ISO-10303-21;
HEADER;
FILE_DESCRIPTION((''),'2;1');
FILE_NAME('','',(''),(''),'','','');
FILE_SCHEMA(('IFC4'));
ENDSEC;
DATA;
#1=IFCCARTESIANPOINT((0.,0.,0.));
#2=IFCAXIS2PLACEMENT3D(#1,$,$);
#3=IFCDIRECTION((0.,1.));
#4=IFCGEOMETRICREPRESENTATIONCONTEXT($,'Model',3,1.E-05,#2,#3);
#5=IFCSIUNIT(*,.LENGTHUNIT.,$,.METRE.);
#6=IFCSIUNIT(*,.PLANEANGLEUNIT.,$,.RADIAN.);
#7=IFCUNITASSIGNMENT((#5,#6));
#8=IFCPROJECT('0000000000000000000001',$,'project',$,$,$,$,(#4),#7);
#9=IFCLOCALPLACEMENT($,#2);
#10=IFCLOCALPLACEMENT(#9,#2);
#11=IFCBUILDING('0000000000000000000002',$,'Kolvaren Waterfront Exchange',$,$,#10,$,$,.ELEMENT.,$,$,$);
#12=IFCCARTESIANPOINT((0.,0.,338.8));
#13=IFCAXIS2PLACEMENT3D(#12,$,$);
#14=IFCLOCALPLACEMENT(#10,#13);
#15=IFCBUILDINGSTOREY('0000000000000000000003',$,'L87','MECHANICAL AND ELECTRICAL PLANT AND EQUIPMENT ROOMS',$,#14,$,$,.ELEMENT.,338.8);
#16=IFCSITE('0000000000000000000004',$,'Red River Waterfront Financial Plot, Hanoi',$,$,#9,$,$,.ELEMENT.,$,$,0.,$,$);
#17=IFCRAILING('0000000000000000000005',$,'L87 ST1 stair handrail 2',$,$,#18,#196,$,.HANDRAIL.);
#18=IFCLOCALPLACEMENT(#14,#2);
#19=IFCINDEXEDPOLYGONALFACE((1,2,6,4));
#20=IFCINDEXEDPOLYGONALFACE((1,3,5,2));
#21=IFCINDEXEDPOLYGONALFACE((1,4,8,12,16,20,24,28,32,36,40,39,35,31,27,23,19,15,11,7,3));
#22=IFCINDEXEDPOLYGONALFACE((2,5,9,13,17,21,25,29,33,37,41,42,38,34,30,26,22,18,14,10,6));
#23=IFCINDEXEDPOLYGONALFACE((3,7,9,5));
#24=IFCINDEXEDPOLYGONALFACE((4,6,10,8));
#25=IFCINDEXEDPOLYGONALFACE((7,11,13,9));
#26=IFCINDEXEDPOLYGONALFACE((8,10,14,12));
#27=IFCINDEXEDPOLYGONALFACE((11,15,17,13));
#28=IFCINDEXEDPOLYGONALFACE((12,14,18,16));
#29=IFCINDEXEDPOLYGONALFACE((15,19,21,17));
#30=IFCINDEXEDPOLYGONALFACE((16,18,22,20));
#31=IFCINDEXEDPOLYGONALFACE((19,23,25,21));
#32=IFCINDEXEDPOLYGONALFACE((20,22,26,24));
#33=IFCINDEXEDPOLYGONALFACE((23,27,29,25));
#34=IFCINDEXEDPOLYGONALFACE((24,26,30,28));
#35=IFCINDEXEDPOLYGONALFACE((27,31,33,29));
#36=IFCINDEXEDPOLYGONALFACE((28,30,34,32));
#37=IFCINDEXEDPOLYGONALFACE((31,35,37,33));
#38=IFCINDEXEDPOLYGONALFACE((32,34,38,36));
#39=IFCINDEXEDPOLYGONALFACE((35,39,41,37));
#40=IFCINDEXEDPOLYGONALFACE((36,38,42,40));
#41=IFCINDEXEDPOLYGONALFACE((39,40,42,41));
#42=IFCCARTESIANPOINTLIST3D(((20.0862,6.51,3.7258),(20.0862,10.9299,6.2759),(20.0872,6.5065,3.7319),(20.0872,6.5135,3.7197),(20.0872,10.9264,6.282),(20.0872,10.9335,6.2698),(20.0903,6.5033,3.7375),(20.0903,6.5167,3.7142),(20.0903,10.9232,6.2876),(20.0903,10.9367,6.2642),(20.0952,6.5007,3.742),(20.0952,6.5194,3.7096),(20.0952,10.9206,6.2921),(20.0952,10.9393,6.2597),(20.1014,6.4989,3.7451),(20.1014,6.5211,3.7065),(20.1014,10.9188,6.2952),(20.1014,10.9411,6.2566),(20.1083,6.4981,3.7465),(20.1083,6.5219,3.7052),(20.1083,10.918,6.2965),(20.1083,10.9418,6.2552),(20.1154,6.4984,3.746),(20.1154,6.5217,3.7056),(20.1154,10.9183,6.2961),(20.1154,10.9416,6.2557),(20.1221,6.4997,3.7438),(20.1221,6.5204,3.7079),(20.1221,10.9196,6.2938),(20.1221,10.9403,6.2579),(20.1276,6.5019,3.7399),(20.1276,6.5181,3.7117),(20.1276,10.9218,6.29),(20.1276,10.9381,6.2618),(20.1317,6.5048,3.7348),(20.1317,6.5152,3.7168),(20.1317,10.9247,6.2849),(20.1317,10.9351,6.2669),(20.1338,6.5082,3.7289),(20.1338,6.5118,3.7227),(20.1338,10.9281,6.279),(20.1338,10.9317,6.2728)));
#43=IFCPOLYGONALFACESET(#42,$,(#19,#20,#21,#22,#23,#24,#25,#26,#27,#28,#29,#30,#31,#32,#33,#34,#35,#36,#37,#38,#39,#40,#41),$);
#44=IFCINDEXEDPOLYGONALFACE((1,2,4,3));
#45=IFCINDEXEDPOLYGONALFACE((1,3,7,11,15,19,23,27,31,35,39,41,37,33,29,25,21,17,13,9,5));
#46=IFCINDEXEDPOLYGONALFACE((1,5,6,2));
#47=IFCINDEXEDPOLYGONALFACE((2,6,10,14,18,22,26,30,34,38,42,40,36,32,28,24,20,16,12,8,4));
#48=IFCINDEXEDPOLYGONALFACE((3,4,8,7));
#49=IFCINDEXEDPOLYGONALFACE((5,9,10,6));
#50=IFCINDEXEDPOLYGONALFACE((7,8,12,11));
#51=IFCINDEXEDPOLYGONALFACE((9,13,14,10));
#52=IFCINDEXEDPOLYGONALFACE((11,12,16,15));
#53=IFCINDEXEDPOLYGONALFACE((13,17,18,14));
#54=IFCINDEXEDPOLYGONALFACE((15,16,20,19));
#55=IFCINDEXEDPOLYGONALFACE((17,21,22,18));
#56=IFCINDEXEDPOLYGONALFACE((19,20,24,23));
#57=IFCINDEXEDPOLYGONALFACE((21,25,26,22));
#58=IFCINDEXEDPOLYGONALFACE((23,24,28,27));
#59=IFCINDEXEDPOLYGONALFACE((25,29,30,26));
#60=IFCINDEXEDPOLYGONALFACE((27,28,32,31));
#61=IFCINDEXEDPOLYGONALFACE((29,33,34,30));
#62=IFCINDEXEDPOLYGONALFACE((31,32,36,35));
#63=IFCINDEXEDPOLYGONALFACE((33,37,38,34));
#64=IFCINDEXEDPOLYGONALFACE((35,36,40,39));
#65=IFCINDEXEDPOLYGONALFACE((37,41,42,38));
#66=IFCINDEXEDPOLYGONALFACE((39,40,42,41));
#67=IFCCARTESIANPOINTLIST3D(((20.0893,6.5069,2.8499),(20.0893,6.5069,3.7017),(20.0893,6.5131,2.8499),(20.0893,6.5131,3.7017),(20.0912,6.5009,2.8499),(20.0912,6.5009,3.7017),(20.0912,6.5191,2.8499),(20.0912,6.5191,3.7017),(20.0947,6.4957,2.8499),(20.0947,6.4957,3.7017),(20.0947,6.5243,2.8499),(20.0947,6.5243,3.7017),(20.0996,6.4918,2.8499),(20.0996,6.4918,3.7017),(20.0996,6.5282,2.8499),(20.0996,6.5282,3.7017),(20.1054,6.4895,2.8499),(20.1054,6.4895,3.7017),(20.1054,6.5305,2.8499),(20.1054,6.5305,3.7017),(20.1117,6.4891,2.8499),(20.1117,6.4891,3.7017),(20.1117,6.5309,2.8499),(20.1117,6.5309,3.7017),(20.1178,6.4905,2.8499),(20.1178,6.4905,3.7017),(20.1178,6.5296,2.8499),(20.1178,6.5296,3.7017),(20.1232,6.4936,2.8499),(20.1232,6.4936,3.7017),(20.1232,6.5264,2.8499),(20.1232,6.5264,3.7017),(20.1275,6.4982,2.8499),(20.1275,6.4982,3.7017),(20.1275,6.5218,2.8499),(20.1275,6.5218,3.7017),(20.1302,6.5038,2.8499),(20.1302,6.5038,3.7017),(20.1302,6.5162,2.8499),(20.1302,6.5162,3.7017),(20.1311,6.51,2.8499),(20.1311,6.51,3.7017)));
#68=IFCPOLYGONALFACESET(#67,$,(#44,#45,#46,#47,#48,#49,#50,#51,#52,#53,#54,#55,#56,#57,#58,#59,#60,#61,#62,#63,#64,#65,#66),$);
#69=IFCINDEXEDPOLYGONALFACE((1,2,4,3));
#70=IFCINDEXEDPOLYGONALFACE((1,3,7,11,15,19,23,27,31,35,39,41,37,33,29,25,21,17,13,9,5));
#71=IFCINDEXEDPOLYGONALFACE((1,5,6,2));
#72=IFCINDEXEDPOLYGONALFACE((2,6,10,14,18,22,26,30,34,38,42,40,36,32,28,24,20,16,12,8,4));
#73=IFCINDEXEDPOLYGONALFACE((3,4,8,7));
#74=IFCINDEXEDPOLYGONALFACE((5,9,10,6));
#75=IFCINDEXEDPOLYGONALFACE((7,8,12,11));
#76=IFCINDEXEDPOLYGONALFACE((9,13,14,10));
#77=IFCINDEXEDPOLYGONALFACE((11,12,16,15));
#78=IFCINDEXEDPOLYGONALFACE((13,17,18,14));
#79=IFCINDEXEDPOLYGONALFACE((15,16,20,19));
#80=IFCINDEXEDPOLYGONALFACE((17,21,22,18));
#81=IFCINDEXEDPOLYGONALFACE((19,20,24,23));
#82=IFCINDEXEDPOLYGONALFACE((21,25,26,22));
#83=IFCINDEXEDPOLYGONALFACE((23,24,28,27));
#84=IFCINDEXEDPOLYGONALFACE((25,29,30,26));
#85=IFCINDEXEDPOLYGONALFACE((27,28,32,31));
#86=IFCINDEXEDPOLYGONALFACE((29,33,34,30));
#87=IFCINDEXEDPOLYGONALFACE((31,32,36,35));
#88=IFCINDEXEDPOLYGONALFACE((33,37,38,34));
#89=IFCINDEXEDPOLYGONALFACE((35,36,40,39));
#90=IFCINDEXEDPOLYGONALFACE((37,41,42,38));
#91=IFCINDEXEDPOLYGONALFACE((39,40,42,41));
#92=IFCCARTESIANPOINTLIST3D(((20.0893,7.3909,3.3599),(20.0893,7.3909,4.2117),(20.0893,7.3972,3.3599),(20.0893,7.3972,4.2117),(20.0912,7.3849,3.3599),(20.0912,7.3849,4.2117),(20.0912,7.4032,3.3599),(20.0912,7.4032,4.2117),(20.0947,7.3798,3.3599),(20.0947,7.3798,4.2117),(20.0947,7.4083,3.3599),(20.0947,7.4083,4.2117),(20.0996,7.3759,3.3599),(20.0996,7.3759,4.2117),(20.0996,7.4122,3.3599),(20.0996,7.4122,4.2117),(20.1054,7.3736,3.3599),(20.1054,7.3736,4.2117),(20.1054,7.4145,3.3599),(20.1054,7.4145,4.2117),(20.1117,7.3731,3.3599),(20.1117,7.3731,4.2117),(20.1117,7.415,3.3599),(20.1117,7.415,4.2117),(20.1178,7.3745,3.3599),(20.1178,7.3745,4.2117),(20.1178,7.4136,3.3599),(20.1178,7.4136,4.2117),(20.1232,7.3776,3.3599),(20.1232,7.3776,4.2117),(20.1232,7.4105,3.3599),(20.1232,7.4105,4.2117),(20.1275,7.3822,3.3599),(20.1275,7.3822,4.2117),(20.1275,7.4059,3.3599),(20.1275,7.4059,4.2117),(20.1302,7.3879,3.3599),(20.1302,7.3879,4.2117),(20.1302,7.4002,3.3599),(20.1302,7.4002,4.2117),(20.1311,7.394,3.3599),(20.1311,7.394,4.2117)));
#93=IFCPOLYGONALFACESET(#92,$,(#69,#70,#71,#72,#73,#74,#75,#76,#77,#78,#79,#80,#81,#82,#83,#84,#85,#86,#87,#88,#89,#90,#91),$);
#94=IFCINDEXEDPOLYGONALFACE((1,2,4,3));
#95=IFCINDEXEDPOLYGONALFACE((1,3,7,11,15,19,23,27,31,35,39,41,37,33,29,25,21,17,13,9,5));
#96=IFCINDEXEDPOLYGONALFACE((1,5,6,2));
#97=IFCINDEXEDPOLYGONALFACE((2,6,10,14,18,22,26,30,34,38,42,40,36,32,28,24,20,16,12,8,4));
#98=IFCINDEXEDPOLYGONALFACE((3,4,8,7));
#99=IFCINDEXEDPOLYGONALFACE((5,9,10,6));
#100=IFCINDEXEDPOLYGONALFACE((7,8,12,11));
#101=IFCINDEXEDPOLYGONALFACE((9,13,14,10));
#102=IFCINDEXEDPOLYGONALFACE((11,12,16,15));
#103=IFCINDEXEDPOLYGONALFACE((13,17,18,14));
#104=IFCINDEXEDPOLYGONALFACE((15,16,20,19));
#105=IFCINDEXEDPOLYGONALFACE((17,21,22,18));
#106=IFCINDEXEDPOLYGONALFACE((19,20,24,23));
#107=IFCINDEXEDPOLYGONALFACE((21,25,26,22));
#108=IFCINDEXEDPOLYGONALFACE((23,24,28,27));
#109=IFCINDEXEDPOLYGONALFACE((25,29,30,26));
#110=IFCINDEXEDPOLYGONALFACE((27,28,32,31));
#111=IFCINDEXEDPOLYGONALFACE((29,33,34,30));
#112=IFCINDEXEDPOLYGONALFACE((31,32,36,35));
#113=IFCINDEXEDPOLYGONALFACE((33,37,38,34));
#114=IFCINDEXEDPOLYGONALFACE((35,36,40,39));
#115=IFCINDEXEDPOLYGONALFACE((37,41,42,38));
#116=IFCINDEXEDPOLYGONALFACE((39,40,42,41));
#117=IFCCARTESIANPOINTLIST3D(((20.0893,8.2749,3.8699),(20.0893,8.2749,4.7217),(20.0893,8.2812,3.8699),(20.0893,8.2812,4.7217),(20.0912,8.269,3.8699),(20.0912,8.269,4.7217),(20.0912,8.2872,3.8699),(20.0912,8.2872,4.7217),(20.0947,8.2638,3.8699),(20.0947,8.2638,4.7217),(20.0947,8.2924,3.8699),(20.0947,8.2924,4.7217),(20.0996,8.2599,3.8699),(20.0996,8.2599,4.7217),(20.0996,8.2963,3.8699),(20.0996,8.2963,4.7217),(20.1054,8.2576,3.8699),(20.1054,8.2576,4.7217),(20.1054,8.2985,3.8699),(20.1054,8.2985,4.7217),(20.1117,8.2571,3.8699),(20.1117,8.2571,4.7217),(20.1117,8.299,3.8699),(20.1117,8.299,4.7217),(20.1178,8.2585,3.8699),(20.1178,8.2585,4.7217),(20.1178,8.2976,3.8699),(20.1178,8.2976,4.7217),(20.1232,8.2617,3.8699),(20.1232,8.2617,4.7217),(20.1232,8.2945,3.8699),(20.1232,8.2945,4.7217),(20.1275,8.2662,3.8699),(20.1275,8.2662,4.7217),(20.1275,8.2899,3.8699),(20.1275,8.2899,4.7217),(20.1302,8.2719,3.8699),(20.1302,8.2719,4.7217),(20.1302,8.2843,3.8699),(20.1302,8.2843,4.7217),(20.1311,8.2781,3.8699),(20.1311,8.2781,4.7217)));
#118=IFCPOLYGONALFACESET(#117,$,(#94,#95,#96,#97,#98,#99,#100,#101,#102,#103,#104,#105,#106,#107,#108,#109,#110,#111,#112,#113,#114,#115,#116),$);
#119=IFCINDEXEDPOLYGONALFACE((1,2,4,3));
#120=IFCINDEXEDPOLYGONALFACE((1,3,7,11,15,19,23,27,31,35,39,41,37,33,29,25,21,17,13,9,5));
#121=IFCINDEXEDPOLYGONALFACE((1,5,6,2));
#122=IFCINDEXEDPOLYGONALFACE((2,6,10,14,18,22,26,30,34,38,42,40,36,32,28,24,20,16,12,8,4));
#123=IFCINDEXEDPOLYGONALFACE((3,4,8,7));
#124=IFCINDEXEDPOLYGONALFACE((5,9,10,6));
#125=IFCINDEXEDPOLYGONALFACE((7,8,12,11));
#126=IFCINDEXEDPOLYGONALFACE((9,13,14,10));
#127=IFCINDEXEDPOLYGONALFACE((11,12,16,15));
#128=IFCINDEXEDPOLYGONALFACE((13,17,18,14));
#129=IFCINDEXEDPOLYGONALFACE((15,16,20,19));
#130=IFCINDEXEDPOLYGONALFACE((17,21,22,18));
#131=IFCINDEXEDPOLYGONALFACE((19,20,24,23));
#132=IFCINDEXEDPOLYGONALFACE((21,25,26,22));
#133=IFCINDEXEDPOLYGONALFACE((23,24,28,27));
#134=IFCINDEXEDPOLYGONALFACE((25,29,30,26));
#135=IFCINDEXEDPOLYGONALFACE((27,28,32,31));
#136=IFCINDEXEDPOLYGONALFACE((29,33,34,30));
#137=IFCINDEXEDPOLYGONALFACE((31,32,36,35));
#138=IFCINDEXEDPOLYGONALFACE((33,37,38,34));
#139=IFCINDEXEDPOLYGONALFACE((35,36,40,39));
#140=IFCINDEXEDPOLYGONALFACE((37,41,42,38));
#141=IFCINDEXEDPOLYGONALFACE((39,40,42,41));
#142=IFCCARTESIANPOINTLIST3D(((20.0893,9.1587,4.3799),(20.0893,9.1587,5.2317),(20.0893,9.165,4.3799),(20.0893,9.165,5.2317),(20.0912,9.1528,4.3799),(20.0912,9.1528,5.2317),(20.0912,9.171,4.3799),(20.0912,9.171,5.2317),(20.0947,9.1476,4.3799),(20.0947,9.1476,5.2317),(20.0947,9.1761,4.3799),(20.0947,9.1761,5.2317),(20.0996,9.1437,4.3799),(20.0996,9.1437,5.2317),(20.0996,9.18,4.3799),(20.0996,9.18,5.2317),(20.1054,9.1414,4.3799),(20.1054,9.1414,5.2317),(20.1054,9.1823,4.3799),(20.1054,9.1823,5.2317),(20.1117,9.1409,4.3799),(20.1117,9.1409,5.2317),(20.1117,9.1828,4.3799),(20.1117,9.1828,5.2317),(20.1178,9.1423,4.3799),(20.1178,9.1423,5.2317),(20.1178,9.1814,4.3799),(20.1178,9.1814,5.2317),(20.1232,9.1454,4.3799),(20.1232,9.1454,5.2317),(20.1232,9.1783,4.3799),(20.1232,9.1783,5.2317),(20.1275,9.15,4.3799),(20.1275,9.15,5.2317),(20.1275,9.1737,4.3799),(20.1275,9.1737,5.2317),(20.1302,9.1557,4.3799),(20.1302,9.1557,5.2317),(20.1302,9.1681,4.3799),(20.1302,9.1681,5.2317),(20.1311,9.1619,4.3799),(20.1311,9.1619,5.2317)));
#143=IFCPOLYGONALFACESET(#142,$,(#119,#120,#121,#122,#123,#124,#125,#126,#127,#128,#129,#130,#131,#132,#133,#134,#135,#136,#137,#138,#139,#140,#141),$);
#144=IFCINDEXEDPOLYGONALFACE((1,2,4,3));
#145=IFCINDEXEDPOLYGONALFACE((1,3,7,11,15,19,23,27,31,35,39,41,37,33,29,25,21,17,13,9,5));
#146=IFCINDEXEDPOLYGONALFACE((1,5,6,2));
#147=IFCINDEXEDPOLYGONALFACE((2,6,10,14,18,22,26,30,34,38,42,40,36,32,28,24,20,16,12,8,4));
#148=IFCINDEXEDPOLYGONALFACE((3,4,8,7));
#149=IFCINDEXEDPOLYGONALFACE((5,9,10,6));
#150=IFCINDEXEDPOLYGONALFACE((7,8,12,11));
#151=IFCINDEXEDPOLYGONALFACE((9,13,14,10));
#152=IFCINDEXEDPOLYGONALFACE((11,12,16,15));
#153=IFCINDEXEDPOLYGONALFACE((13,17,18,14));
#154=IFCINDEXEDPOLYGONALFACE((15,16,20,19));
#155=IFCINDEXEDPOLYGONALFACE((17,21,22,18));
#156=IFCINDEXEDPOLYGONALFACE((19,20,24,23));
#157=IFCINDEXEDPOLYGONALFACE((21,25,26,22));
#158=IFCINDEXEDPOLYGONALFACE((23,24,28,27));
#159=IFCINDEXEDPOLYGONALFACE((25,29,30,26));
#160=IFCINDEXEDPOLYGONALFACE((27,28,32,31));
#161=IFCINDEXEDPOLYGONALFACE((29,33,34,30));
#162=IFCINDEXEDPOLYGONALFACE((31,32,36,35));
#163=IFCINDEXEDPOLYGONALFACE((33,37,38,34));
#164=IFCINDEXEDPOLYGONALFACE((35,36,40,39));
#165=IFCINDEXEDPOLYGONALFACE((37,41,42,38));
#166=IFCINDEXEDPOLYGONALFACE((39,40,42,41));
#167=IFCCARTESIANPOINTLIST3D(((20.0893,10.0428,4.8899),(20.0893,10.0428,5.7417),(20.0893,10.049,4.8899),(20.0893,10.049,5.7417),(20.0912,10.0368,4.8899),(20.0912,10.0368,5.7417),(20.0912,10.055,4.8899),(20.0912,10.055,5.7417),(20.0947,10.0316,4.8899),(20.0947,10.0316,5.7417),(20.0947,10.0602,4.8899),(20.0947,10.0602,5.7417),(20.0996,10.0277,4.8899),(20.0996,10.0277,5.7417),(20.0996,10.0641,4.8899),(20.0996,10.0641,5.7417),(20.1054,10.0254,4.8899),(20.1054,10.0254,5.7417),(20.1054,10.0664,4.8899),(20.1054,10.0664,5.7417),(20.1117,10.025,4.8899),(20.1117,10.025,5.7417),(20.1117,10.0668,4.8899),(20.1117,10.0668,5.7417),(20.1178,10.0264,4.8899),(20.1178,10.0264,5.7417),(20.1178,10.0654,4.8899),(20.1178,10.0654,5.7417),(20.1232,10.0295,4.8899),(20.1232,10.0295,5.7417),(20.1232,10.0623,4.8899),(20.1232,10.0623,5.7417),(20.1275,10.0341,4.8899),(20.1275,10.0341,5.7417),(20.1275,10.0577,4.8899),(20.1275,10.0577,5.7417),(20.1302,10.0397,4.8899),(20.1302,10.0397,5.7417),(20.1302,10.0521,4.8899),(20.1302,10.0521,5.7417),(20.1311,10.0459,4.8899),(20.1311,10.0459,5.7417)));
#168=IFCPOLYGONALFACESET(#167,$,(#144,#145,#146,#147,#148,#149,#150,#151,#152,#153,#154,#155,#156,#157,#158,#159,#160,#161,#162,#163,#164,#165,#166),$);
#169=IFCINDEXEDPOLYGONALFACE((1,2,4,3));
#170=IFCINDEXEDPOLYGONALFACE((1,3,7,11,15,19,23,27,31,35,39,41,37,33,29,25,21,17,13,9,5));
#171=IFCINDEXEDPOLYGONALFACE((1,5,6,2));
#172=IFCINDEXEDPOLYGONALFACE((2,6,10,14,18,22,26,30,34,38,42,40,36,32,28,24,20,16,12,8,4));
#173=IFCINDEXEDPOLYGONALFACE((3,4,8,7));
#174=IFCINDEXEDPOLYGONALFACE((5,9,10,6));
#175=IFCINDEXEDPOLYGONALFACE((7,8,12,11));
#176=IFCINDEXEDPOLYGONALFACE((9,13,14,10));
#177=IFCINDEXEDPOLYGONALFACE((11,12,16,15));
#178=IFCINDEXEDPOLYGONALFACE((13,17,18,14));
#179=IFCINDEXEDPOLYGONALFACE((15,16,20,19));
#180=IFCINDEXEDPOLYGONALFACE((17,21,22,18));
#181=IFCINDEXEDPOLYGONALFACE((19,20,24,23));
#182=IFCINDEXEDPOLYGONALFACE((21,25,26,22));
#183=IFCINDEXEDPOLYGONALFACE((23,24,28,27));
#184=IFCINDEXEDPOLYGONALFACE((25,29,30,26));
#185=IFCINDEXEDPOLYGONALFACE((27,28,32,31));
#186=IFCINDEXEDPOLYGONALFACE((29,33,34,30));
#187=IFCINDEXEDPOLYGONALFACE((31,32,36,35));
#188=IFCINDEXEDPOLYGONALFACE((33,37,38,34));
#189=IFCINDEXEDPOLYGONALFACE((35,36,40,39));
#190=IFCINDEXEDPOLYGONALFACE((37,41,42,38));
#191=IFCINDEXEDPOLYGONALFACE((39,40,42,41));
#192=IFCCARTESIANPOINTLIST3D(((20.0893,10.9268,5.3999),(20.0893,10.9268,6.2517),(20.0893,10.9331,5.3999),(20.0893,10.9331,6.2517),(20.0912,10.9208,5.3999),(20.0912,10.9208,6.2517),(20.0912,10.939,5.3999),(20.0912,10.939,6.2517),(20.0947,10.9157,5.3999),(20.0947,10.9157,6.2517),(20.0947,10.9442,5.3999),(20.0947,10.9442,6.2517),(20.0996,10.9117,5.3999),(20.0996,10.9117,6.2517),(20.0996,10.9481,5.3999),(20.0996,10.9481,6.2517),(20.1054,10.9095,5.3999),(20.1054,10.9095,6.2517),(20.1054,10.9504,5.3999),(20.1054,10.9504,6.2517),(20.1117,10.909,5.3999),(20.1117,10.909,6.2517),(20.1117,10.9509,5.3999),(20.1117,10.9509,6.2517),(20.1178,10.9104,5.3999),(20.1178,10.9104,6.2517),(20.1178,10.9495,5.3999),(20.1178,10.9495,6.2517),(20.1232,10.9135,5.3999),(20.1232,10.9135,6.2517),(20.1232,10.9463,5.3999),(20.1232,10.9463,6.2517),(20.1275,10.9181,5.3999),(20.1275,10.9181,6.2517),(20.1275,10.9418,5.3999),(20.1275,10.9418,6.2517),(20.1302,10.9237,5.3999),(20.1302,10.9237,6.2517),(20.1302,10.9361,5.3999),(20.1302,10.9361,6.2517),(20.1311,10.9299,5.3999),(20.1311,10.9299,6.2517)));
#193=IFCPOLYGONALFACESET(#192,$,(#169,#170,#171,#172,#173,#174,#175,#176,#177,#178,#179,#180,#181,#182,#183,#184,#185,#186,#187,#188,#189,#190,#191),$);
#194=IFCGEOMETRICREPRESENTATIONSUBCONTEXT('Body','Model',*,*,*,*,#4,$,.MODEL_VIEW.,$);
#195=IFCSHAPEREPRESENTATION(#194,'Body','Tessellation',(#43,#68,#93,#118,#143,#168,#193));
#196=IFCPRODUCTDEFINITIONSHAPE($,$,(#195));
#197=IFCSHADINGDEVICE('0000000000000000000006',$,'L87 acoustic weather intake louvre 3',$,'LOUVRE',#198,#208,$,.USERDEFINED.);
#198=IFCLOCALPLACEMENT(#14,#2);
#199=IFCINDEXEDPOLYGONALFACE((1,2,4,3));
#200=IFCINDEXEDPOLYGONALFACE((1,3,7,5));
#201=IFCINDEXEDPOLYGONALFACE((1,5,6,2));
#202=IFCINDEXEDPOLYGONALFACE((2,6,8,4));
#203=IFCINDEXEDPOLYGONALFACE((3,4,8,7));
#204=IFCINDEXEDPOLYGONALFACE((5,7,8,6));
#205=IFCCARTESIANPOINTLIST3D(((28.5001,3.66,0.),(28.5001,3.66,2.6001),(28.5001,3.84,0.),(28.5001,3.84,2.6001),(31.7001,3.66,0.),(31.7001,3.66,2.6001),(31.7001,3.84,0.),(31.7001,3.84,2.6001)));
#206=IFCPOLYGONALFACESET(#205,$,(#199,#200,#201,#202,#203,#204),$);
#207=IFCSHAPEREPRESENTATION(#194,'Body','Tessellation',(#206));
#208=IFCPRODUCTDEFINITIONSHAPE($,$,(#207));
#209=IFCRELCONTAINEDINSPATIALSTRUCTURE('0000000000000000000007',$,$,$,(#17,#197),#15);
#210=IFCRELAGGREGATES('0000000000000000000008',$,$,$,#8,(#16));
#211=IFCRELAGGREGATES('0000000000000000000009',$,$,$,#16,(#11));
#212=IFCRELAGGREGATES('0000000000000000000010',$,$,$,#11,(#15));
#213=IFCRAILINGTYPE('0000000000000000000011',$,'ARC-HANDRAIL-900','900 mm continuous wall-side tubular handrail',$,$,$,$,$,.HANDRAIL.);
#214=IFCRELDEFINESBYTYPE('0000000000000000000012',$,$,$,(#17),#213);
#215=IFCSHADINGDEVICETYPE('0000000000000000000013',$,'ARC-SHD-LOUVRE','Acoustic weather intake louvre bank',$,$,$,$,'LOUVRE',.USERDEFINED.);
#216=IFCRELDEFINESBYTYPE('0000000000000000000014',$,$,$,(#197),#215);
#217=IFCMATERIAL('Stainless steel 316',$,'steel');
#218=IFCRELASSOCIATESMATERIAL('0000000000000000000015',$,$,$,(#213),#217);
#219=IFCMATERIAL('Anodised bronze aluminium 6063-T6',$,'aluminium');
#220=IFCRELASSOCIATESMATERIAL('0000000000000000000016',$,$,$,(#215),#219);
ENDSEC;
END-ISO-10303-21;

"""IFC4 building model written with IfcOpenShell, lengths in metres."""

from ifc_helpers import new_model, si_unit, direction, frame, origin, origin_with_axes, origin_2d, place, context, subcontext, project, spatial, rectangle, circle, extrude, source, transform, mapped, material, type_object, element, save


model = new_model("IFC4")

# Units and contexts
model_context = context("Model", 3, precision=1e-05, world=origin(), true_north=direction((0.0, 1.0)))
body_context = subcontext(model_context, "Body", "Model", "MODEL_VIEW")
ifc_project = project(units=[si_unit("LENGTHUNIT", "METRE"), si_unit("PLANEANGLEUNIT", "RADIAN")], contexts=[model_context])

# Site, building, storey
site_placement = place(None, origin())
site = spatial("IfcSite", under=ifc_project, at=site_placement, Name="Red River Waterfront Financial Plot, Hanoi", CompositionType="ELEMENT", RefElevation=0.0)
building_placement = place(site_placement, origin())
building = spatial("IfcBuilding", under=site, at=building_placement, Name="Kolvaren Waterfront Exchange", CompositionType="ELEMENT")
storey_placement = place(building_placement, frame((0.0, 0.0, 338.8)))
storey = spatial("IfcBuildingStorey", under=building, at=storey_placement, Name="L87", Description="MECHANICAL AND ELECTRICAL PLANT AND EQUIPMENT ROOMS", CompositionType="ELEMENT", Elevation=338.8)

# Shared definitions
ifc_material_1 = material(Name="Anodised bronze aluminium 6063-T6", Category="aluminium")

# Railing
ifc_material_2 = material(Name="Stainless steel 316", Category="steel")
railing_type = type_object("IfcRailingType", Name="ARC-HANDRAIL-900", Description="900 mm continuous wall-side tubular handrail", PredefinedType="HANDRAIL", material=ifc_material_2)
railing_placement = place(storey_placement, frame((20.1101, 6.51, 2.8499)))
element("IfcRailing", 1, at=railing_placement, inside=storey, type_object=railing_type, Name="L87 ST1 stair handrail 2", PredefinedType="HANDRAIL", context=body_context, shape_type="SweptSolid", body=[
    extrude(circle(Radius=0.0239, at=origin_2d()), frame((0.0, 0.0, 0.876), z_axis=(0.0, 0.866178, 0.499736), x_axis=(-1.0, 0.0, 0.0)), (0.0, 0.0, 1.0), 5.1028),
    extrude(circle(Radius=0.021, at=origin_2d()), origin(), (0.0, 0.0, 1.0), 0.8518),
    extrude(circle(Radius=0.021, at=origin_2d()), frame((0.0, 0.884, 0.51)), (0.0, 0.0, 1.0), 0.8518),
    extrude(circle(Radius=0.021, at=origin_2d()), frame((0.0, 1.7681, 1.02)), (0.0, 0.0, 1.0), 0.8518),
    extrude(circle(Radius=0.021, at=origin_2d()), frame((0.0, 2.6519, 1.53)), (0.0, 0.0, 1.0), 0.8518),
    extrude(circle(Radius=0.021, at=origin_2d()), frame((0.0, 3.5359, 2.04)), (0.0, 0.0, 1.0), 0.8518),
    extrude(circle(Radius=0.021, at=origin_2d()), frame((0.0, 4.4199, 2.55)), (0.0, 0.0, 1.0), 0.8518),
])

# Shading device
shading_device_type_1 = type_object("IfcShadingDeviceType", Name="ARC-SHD-LOUVRE", Description="Acoustic weather intake louvre bank", ElementType="LOUVRE", PredefinedType="USERDEFINED", material=ifc_material_1)
shared_shape_1 = source(origin_with_axes(), body_context, "Body", "SweptSolid", [
    extrude(rectangle(XDim=3.2, YDim=0.1799, at=origin_2d()), origin(), (0.0, 0.0, 1.0), 2.6001),
])
shading_device_1_placement = place(storey_placement, frame((30.1001, 3.75, 0.0), z_axis=(0.0, 0.0, 1.0), x_axis=(1.0, 0.0, 0.0)))
element("IfcShadingDevice", 2, at=shading_device_1_placement, inside=storey, type_object=shading_device_type_1, Name="L87 acoustic weather intake louvre 3", ObjectType="LOUVRE", PredefinedType="USERDEFINED", context=body_context, shape_type="MappedRepresentation", body=[
    mapped(shared_shape_1, transform((0.0, 0.0, 0.0), x_axis=(1.0, 0.0, 0.0), y_axis=(0.0, 1.0, 0.0), z_axis=(0.0, 0.0, 1.0), scale=1.0)),
])

save(model, "model.ifc")
